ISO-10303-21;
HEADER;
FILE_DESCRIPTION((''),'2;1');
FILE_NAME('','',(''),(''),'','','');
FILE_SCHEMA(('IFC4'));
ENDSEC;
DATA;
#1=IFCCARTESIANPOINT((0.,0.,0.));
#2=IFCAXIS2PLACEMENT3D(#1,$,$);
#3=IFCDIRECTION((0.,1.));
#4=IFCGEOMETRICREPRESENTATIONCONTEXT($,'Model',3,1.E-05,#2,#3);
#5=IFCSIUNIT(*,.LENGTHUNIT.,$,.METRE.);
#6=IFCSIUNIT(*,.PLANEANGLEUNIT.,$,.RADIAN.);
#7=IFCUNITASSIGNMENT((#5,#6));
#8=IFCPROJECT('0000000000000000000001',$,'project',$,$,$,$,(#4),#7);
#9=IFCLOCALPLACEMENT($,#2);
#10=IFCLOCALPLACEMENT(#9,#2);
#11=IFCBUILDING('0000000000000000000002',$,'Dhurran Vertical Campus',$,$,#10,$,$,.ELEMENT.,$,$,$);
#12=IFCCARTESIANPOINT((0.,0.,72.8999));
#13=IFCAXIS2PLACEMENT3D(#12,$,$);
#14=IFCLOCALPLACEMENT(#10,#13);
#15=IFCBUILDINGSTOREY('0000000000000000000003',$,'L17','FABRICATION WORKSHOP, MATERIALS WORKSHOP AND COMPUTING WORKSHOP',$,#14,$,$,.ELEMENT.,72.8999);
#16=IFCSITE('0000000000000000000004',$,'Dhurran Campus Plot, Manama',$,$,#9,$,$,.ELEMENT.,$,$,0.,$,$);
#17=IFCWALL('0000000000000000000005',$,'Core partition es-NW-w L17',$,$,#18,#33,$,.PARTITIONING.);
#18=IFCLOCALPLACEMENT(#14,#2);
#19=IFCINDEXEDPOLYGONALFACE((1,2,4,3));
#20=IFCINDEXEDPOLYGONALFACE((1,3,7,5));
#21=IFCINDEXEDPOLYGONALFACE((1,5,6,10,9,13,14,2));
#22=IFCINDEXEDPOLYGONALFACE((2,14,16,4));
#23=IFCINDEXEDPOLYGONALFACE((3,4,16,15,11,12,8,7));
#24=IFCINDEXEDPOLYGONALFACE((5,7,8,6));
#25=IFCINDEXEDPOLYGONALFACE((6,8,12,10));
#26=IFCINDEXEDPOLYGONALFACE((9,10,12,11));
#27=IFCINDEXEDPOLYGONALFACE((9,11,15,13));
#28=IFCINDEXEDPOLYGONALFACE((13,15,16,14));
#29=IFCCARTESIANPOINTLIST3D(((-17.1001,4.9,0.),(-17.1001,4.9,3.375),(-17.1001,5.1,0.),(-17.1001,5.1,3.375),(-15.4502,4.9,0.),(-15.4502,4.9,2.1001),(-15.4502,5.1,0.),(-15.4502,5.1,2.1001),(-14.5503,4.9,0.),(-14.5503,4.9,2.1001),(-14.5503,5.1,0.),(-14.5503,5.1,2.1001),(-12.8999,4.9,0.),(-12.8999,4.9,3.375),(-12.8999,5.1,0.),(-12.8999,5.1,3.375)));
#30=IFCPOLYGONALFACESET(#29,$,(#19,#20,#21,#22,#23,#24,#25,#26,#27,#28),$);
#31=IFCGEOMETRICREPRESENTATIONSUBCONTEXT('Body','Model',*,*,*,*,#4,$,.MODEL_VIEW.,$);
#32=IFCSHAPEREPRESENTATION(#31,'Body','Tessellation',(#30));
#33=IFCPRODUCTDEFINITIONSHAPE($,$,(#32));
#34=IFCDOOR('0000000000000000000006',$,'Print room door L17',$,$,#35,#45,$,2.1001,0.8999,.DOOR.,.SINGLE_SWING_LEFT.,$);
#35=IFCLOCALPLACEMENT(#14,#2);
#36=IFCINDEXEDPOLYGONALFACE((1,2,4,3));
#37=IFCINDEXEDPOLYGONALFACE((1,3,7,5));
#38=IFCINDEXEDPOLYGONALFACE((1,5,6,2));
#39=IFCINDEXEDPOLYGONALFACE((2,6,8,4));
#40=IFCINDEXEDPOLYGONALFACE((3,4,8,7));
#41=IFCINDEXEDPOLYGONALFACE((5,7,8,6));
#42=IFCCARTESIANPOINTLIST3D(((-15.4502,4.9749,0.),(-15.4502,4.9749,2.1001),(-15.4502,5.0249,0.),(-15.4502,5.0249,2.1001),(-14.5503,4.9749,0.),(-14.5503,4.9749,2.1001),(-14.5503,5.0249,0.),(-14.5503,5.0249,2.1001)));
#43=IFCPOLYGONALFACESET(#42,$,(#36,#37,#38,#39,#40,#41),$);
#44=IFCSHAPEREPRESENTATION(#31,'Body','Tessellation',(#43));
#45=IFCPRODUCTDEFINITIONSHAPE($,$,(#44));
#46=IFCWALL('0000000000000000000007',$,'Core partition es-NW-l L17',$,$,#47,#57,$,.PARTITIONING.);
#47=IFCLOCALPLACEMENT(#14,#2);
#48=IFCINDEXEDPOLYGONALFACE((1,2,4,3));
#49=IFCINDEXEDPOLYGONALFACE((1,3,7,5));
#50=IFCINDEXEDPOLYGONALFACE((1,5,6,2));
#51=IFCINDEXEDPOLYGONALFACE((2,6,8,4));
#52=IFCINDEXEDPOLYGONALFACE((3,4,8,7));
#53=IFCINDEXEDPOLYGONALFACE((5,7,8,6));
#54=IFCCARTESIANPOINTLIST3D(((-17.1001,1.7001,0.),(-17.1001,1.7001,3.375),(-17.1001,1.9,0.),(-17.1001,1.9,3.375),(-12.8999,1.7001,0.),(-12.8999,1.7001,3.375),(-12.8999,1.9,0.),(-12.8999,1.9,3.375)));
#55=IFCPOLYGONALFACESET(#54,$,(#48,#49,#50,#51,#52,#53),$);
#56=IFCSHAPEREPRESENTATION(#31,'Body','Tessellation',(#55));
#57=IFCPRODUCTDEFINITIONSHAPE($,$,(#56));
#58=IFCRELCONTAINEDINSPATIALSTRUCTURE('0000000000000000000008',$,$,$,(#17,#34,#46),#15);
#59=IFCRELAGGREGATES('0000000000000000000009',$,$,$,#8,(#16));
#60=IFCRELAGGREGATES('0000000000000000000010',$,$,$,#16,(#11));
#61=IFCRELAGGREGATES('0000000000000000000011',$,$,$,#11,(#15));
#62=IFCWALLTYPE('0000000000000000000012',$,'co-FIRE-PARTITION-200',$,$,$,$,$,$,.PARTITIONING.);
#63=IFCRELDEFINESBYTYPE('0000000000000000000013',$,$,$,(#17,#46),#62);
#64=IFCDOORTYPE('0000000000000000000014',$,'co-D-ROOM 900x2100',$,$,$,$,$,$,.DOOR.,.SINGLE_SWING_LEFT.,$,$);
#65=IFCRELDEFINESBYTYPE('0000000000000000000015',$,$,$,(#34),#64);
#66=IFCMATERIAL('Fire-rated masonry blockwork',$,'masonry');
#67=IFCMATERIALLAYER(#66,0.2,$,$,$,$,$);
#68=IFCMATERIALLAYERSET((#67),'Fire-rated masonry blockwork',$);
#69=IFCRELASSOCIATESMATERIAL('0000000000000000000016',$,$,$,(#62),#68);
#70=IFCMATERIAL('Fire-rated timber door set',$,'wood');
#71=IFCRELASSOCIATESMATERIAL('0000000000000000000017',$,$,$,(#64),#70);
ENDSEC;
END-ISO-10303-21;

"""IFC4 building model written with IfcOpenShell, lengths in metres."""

from ifc_helpers import new_model, si_unit, direction, frame, frame_2d, origin, place, context, subcontext, project, spatial, rectangle, extrude, material, layer, layer_set, type_object, element, fill, save


model = new_model("IFC4")

# Units and contexts
model_context = context("Model", 3, precision=1e-05, world=origin(), true_north=direction((0.0, 1.0)))
body_context = subcontext(model_context, "Body", "Model", "MODEL_VIEW")
ifc_project = project(units=[si_unit("LENGTHUNIT", "METRE"), si_unit("PLANEANGLEUNIT", "RADIAN")], contexts=[model_context])

# Site, building, storey
site_placement = place(None, origin())
site = spatial("IfcSite", under=ifc_project, at=site_placement, Name="Dhurran Campus Plot, Manama", CompositionType="ELEMENT", RefElevation=0.0)
building_placement = place(site_placement, origin())
building = spatial("IfcBuilding", under=site, at=building_placement, Name="Dhurran Vertical Campus", CompositionType="ELEMENT")
storey_placement = place(building_placement, frame((0.0, 0.0, 72.8999)))
storey = spatial("IfcBuildingStorey", under=building, at=storey_placement, Name="L17", Description="FABRICATION WORKSHOP, MATERIALS WORKSHOP AND COMPUTING WORKSHOP", CompositionType="ELEMENT", Elevation=72.8999)

# Wall, opening, door
ifc_material_1 = material(Name="Fire-rated masonry blockwork", Category="masonry")
ifc_layer_1 = layer(ifc_material_1, 0.2)
ifc_layer_set_1 = layer_set([ifc_layer_1], Name="Fire-rated masonry blockwork")
wall_type_1 = type_object("IfcWallType", Name="co-FIRE-PARTITION-200", PredefinedType="PARTITIONING", material=ifc_layer_set_1)
ifc_material_2 = material(Name="Fire-rated timber door set", Category="wood")
door_type_1 = type_object("IfcDoorType", Name="co-D-ROOM 900x2100", OperationType="SINGLE_SWING_LEFT", PredefinedType="DOOR", material=ifc_material_2)
wall_1_placement = place(storey_placement, frame((-17.1001, 5.0, 0.0), z_axis=(0.0, 0.0, 1.0), x_axis=(1.0, 0.0, 0.0)))
wall_1 = element("IfcWall", 1, at=wall_1_placement, inside=storey, type_object=wall_type_1, Name="Core partition es-NW-w L17", PredefinedType="PARTITIONING", context=body_context, shape_type="SweptSolid", body=[
    extrude(rectangle(XDim=4.2002, YDim=0.2, at=frame_2d((2.1001, 0.0))), origin(), (0.0, 0.0, 1.0), 3.375),
])
opening_1_placement = place(wall_1_placement, frame((1.6499, 0.0, 0.0)))
opening_1 = element("IfcOpeningElement", 2, at=opening_1_placement, cuts=wall_1, PredefinedType="OPENING", context=body_context, shape_type="SweptSolid", body=[
    extrude(rectangle(XDim=0.8999, YDim=2.1001, at=frame_2d((0.45, 1.05))), frame((0.0, 0.1099, 0.0), z_axis=(0.0, -1.0, 0.0), x_axis=(1.0, 0.0, 0.0)), (0.0, 0.0, 1.0), 0.22),
])
door_1_placement = place(opening_1_placement, origin())
door_1 = element("IfcDoor", 3, at=door_1_placement, inside=storey, type_object=door_type_1, Name="Print room door L17", OperationType="SINGLE_SWING_LEFT", OverallHeight=2.1001, OverallWidth=0.8999, PredefinedType="DOOR", context=body_context, shape_type="SweptSolid", body=[
    extrude(rectangle(XDim=0.8999, YDim=2.1001, at=frame_2d((0.45, 1.05))), frame((0.0, 0.0249, 0.0), z_axis=(0.0, -1.0, 0.0), x_axis=(1.0, 0.0, 0.0)), (0.0, 0.0, 1.0), 0.05),
])
fill(opening_1, door_1)

# Wall
wall_2_placement = place(storey_placement, frame((-17.1001, 1.8, 0.0), z_axis=(0.0, 0.0, 1.0), x_axis=(1.0, 0.0, 0.0)))
element("IfcWall", 4, at=wall_2_placement, inside=storey, type_object=wall_type_1, Name="Core partition es-NW-l L17", PredefinedType="PARTITIONING", context=body_context, shape_type="SweptSolid", body=[
    extrude(rectangle(XDim=4.2002, YDim=0.2, at=frame_2d((2.1001, 0.0))), origin(), (0.0, 0.0, 1.0), 3.375),
])

save(model, "model.ifc")
